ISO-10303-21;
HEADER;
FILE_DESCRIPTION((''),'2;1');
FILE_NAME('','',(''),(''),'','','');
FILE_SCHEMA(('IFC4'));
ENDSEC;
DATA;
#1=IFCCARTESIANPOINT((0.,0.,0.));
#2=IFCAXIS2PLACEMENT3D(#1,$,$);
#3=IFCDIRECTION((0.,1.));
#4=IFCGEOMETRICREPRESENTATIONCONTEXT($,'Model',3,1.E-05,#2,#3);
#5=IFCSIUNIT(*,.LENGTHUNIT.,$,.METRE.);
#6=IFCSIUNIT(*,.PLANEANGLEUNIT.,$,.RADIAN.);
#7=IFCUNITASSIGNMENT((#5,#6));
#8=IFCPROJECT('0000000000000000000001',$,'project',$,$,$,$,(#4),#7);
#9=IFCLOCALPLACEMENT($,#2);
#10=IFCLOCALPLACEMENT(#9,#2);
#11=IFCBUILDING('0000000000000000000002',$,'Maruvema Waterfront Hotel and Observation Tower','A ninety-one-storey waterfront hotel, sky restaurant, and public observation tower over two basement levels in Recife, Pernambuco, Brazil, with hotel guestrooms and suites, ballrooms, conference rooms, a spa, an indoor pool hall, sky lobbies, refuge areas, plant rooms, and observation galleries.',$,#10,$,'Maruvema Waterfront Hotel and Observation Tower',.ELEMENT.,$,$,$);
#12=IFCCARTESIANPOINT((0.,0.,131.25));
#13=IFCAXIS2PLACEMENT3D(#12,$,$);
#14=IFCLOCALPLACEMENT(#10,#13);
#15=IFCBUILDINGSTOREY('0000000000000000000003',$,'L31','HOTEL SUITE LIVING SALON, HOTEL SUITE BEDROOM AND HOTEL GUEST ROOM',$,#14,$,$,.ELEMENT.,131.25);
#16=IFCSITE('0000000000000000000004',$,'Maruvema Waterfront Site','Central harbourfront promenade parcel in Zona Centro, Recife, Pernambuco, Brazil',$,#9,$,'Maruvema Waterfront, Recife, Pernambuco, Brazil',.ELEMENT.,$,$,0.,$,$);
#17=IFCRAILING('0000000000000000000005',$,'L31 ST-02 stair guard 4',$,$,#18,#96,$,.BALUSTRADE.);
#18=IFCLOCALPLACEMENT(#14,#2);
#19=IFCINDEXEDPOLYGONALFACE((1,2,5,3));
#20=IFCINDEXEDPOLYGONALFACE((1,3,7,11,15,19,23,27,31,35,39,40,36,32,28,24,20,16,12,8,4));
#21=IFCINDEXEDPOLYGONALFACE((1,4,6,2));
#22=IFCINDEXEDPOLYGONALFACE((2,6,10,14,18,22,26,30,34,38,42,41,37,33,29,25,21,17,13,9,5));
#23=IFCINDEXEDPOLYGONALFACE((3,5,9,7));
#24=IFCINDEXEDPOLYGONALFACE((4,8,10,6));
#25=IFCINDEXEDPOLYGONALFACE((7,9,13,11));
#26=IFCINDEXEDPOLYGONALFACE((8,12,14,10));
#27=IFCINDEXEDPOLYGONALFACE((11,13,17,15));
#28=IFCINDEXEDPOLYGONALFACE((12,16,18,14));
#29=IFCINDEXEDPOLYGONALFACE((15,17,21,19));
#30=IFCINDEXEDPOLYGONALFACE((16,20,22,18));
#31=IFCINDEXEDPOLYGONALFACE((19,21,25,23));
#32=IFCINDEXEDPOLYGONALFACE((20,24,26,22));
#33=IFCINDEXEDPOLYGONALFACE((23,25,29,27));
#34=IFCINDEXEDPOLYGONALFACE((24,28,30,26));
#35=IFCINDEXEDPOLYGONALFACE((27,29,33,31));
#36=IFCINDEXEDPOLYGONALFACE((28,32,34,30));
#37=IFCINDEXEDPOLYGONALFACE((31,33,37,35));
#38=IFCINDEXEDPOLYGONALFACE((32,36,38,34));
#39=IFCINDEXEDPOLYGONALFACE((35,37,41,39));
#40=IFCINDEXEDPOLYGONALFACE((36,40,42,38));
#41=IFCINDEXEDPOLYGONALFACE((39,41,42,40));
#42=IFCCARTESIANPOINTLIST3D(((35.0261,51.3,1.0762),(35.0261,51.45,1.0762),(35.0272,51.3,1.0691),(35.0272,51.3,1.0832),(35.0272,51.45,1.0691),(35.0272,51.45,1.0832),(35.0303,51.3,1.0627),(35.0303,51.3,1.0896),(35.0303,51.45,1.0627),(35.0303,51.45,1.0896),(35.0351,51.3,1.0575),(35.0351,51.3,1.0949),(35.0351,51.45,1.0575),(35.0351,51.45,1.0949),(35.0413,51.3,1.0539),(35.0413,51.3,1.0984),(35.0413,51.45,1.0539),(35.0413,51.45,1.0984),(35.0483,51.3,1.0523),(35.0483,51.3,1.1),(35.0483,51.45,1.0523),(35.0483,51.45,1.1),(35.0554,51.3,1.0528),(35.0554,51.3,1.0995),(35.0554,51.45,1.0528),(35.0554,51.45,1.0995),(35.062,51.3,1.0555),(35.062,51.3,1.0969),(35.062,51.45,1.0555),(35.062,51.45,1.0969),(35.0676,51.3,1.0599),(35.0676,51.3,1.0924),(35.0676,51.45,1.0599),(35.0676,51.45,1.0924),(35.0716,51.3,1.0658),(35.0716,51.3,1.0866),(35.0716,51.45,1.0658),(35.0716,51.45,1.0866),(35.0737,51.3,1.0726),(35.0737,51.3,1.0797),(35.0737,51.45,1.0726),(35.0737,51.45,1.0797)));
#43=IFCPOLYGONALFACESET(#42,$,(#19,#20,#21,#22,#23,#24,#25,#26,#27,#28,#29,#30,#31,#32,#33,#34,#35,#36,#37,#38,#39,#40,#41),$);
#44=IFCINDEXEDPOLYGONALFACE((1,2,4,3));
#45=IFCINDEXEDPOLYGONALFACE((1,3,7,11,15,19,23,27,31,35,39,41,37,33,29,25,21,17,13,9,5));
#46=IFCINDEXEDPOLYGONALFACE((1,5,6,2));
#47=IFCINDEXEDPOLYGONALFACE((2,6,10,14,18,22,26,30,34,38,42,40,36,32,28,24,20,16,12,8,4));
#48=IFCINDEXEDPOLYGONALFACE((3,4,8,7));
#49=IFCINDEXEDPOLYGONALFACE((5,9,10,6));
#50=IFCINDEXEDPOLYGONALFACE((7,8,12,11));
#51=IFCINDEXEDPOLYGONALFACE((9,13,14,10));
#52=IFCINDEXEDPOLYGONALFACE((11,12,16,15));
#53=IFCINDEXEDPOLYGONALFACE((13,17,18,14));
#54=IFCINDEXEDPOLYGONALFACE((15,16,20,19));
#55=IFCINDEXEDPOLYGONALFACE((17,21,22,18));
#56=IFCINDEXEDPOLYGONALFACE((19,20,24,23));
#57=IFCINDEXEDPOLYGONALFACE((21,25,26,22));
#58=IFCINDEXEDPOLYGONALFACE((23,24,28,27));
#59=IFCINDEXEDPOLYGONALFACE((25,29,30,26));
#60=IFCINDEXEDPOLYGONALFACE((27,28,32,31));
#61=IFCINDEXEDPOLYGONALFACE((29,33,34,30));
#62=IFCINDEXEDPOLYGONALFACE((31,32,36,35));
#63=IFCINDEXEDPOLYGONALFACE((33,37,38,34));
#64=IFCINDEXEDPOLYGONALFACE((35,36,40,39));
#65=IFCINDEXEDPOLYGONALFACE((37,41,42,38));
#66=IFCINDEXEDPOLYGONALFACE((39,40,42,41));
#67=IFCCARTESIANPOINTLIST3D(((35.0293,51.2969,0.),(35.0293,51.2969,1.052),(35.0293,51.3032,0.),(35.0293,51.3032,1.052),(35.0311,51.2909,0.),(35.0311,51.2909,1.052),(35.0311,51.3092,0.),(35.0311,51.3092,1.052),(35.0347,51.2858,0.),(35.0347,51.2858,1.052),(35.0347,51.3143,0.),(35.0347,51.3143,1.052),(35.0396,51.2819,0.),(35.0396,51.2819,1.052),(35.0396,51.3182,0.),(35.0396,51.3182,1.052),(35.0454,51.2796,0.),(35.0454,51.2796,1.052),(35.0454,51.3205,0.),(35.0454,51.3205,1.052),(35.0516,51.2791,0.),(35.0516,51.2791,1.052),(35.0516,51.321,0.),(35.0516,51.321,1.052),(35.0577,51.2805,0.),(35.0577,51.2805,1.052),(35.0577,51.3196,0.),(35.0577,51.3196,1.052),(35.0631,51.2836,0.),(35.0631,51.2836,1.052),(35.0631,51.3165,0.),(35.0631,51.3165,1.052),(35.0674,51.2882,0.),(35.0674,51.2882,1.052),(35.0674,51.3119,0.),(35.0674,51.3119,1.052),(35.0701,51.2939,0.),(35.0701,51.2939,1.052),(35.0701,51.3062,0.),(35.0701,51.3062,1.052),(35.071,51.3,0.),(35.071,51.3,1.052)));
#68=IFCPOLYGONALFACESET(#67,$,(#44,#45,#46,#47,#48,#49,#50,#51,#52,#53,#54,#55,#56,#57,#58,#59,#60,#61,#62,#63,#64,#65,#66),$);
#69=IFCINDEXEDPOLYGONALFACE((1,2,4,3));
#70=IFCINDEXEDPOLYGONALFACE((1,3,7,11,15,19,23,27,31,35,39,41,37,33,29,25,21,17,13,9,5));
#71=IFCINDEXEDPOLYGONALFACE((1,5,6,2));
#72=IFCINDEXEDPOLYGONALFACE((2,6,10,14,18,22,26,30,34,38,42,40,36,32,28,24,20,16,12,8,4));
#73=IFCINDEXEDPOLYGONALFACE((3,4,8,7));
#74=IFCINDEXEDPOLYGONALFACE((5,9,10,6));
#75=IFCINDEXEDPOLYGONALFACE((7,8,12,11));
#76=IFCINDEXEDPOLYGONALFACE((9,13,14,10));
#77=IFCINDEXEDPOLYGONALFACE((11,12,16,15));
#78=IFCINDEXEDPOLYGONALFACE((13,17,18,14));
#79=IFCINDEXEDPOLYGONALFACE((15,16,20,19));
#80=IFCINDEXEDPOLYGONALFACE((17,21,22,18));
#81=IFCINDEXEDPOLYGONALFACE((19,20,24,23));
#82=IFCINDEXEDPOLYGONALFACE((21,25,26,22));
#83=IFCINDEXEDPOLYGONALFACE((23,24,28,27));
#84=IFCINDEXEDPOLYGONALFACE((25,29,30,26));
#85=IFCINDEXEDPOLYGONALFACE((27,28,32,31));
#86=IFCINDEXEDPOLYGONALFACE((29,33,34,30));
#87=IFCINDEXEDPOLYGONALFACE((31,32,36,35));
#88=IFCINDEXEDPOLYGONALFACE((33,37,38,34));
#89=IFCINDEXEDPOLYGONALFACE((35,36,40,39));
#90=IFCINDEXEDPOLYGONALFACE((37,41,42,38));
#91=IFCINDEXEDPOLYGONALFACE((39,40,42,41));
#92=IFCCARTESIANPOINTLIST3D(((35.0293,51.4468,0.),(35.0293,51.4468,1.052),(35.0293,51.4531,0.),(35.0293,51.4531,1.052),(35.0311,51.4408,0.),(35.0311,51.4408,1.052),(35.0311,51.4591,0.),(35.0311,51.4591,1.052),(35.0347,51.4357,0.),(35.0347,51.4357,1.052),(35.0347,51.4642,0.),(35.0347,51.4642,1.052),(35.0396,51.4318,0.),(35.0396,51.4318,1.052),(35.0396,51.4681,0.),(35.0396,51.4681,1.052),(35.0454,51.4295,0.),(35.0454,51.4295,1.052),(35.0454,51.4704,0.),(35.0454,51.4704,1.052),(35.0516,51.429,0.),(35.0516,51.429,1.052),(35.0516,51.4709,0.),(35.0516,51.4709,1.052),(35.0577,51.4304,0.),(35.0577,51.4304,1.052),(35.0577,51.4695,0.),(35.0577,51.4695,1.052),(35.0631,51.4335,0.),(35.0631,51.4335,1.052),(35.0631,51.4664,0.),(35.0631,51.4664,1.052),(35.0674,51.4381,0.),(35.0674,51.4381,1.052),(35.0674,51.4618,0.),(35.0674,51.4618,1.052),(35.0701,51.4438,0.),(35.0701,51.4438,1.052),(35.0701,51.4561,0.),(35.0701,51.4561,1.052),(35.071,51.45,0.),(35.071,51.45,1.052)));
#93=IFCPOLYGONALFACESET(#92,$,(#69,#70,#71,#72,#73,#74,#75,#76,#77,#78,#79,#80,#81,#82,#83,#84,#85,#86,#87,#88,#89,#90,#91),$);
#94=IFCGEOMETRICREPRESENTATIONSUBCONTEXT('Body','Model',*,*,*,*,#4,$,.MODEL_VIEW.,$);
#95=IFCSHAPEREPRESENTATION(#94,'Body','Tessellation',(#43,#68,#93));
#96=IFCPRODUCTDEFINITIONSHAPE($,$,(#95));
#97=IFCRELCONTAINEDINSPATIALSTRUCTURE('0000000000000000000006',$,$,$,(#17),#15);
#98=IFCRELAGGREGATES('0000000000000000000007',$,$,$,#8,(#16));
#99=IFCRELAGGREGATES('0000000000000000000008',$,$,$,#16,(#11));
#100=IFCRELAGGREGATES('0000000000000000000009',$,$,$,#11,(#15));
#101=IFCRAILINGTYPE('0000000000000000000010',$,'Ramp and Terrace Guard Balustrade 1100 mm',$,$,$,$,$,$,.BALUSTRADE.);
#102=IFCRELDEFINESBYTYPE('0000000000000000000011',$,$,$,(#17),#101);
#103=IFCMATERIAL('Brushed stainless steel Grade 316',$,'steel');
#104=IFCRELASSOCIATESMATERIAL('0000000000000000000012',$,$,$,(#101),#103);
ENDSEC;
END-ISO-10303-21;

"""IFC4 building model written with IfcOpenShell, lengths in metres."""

from ifc_helpers import new_model, si_unit, direction, frame, origin, origin_2d, place, context, subcontext, project, spatial, circle, extrude, material, type_object, element, save


model = new_model("IFC4")

# Units and contexts
model_context = context("Model", 3, precision=1e-05, world=origin(), true_north=direction((0.0, 1.0)))
body_context = subcontext(model_context, "Body", "Model", "MODEL_VIEW")
ifc_project = project(units=[si_unit("LENGTHUNIT", "METRE"), si_unit("PLANEANGLEUNIT", "RADIAN")], contexts=[model_context])

# Site, building, storey
site_placement = place(None, origin())
site = spatial("IfcSite", under=ifc_project, at=site_placement, Name="Maruvema Waterfront Site", Description="Central harbourfront promenade parcel in Zona Centro, Recife, Pernambuco, Brazil", LongName="Maruvema Waterfront, Recife, Pernambuco, Brazil", CompositionType="ELEMENT", RefElevation=0.0)
building_placement = place(site_placement, origin())
building = spatial("IfcBuilding", under=site, at=building_placement, Name="Maruvema Waterfront Hotel and Observation Tower", Description="A ninety-one-storey waterfront hotel, sky restaurant, and public observation tower over two basement levels in Recife, Pernambuco, Brazil, with hotel guestrooms and suites, ballrooms, conference rooms, a spa, an indoor pool hall, sky lobbies, refuge areas, plant rooms, and observation galleries.", LongName="Maruvema Waterfront Hotel and Observation Tower", CompositionType="ELEMENT")
storey_placement = place(building_placement, frame((0.0, 0.0, 131.25)))
storey = spatial("IfcBuildingStorey", under=building, at=storey_placement, Name="L31", Description="HOTEL SUITE LIVING SALON, HOTEL SUITE BEDROOM AND HOTEL GUEST ROOM", CompositionType="ELEMENT", Elevation=131.25)

# Railing
ifc_material_1 = material(Name="Brushed stainless steel Grade 316", Category="steel")
railing_type_1 = type_object("IfcRailingType", Name="Ramp and Terrace Guard Balustrade 1100 mm", PredefinedType="BALUSTRADE", material=ifc_material_1)
railing_1_placement = place(storey_placement, frame((35.05, 51.3, 0.0)))
element("IfcRailing", 1, at=railing_1_placement, inside=storey, type_object=railing_type_1, Name="L31 ST-02 stair guard 4", PredefinedType="BALUSTRADE", context=body_context, shape_type="SweptSolid", body=[
    extrude(circle(Radius=0.0239, at=origin_2d()), frame((0.0, 0.0, 1.0762), z_axis=(0.0, 1.0, 0.0), x_axis=(-1.0, 0.0, 0.0)), (0.0, 0.0, 1.0), 0.1499),
    extrude(circle(Radius=0.021, at=origin_2d()), origin(), (0.0, 0.0, 1.0), 1.052),
    extrude(circle(Radius=0.021, at=origin_2d()), frame((0.0, 0.1499, 0.0)), (0.0, 0.0, 1.0), 1.052),
])

save(model, "model.ifc")
